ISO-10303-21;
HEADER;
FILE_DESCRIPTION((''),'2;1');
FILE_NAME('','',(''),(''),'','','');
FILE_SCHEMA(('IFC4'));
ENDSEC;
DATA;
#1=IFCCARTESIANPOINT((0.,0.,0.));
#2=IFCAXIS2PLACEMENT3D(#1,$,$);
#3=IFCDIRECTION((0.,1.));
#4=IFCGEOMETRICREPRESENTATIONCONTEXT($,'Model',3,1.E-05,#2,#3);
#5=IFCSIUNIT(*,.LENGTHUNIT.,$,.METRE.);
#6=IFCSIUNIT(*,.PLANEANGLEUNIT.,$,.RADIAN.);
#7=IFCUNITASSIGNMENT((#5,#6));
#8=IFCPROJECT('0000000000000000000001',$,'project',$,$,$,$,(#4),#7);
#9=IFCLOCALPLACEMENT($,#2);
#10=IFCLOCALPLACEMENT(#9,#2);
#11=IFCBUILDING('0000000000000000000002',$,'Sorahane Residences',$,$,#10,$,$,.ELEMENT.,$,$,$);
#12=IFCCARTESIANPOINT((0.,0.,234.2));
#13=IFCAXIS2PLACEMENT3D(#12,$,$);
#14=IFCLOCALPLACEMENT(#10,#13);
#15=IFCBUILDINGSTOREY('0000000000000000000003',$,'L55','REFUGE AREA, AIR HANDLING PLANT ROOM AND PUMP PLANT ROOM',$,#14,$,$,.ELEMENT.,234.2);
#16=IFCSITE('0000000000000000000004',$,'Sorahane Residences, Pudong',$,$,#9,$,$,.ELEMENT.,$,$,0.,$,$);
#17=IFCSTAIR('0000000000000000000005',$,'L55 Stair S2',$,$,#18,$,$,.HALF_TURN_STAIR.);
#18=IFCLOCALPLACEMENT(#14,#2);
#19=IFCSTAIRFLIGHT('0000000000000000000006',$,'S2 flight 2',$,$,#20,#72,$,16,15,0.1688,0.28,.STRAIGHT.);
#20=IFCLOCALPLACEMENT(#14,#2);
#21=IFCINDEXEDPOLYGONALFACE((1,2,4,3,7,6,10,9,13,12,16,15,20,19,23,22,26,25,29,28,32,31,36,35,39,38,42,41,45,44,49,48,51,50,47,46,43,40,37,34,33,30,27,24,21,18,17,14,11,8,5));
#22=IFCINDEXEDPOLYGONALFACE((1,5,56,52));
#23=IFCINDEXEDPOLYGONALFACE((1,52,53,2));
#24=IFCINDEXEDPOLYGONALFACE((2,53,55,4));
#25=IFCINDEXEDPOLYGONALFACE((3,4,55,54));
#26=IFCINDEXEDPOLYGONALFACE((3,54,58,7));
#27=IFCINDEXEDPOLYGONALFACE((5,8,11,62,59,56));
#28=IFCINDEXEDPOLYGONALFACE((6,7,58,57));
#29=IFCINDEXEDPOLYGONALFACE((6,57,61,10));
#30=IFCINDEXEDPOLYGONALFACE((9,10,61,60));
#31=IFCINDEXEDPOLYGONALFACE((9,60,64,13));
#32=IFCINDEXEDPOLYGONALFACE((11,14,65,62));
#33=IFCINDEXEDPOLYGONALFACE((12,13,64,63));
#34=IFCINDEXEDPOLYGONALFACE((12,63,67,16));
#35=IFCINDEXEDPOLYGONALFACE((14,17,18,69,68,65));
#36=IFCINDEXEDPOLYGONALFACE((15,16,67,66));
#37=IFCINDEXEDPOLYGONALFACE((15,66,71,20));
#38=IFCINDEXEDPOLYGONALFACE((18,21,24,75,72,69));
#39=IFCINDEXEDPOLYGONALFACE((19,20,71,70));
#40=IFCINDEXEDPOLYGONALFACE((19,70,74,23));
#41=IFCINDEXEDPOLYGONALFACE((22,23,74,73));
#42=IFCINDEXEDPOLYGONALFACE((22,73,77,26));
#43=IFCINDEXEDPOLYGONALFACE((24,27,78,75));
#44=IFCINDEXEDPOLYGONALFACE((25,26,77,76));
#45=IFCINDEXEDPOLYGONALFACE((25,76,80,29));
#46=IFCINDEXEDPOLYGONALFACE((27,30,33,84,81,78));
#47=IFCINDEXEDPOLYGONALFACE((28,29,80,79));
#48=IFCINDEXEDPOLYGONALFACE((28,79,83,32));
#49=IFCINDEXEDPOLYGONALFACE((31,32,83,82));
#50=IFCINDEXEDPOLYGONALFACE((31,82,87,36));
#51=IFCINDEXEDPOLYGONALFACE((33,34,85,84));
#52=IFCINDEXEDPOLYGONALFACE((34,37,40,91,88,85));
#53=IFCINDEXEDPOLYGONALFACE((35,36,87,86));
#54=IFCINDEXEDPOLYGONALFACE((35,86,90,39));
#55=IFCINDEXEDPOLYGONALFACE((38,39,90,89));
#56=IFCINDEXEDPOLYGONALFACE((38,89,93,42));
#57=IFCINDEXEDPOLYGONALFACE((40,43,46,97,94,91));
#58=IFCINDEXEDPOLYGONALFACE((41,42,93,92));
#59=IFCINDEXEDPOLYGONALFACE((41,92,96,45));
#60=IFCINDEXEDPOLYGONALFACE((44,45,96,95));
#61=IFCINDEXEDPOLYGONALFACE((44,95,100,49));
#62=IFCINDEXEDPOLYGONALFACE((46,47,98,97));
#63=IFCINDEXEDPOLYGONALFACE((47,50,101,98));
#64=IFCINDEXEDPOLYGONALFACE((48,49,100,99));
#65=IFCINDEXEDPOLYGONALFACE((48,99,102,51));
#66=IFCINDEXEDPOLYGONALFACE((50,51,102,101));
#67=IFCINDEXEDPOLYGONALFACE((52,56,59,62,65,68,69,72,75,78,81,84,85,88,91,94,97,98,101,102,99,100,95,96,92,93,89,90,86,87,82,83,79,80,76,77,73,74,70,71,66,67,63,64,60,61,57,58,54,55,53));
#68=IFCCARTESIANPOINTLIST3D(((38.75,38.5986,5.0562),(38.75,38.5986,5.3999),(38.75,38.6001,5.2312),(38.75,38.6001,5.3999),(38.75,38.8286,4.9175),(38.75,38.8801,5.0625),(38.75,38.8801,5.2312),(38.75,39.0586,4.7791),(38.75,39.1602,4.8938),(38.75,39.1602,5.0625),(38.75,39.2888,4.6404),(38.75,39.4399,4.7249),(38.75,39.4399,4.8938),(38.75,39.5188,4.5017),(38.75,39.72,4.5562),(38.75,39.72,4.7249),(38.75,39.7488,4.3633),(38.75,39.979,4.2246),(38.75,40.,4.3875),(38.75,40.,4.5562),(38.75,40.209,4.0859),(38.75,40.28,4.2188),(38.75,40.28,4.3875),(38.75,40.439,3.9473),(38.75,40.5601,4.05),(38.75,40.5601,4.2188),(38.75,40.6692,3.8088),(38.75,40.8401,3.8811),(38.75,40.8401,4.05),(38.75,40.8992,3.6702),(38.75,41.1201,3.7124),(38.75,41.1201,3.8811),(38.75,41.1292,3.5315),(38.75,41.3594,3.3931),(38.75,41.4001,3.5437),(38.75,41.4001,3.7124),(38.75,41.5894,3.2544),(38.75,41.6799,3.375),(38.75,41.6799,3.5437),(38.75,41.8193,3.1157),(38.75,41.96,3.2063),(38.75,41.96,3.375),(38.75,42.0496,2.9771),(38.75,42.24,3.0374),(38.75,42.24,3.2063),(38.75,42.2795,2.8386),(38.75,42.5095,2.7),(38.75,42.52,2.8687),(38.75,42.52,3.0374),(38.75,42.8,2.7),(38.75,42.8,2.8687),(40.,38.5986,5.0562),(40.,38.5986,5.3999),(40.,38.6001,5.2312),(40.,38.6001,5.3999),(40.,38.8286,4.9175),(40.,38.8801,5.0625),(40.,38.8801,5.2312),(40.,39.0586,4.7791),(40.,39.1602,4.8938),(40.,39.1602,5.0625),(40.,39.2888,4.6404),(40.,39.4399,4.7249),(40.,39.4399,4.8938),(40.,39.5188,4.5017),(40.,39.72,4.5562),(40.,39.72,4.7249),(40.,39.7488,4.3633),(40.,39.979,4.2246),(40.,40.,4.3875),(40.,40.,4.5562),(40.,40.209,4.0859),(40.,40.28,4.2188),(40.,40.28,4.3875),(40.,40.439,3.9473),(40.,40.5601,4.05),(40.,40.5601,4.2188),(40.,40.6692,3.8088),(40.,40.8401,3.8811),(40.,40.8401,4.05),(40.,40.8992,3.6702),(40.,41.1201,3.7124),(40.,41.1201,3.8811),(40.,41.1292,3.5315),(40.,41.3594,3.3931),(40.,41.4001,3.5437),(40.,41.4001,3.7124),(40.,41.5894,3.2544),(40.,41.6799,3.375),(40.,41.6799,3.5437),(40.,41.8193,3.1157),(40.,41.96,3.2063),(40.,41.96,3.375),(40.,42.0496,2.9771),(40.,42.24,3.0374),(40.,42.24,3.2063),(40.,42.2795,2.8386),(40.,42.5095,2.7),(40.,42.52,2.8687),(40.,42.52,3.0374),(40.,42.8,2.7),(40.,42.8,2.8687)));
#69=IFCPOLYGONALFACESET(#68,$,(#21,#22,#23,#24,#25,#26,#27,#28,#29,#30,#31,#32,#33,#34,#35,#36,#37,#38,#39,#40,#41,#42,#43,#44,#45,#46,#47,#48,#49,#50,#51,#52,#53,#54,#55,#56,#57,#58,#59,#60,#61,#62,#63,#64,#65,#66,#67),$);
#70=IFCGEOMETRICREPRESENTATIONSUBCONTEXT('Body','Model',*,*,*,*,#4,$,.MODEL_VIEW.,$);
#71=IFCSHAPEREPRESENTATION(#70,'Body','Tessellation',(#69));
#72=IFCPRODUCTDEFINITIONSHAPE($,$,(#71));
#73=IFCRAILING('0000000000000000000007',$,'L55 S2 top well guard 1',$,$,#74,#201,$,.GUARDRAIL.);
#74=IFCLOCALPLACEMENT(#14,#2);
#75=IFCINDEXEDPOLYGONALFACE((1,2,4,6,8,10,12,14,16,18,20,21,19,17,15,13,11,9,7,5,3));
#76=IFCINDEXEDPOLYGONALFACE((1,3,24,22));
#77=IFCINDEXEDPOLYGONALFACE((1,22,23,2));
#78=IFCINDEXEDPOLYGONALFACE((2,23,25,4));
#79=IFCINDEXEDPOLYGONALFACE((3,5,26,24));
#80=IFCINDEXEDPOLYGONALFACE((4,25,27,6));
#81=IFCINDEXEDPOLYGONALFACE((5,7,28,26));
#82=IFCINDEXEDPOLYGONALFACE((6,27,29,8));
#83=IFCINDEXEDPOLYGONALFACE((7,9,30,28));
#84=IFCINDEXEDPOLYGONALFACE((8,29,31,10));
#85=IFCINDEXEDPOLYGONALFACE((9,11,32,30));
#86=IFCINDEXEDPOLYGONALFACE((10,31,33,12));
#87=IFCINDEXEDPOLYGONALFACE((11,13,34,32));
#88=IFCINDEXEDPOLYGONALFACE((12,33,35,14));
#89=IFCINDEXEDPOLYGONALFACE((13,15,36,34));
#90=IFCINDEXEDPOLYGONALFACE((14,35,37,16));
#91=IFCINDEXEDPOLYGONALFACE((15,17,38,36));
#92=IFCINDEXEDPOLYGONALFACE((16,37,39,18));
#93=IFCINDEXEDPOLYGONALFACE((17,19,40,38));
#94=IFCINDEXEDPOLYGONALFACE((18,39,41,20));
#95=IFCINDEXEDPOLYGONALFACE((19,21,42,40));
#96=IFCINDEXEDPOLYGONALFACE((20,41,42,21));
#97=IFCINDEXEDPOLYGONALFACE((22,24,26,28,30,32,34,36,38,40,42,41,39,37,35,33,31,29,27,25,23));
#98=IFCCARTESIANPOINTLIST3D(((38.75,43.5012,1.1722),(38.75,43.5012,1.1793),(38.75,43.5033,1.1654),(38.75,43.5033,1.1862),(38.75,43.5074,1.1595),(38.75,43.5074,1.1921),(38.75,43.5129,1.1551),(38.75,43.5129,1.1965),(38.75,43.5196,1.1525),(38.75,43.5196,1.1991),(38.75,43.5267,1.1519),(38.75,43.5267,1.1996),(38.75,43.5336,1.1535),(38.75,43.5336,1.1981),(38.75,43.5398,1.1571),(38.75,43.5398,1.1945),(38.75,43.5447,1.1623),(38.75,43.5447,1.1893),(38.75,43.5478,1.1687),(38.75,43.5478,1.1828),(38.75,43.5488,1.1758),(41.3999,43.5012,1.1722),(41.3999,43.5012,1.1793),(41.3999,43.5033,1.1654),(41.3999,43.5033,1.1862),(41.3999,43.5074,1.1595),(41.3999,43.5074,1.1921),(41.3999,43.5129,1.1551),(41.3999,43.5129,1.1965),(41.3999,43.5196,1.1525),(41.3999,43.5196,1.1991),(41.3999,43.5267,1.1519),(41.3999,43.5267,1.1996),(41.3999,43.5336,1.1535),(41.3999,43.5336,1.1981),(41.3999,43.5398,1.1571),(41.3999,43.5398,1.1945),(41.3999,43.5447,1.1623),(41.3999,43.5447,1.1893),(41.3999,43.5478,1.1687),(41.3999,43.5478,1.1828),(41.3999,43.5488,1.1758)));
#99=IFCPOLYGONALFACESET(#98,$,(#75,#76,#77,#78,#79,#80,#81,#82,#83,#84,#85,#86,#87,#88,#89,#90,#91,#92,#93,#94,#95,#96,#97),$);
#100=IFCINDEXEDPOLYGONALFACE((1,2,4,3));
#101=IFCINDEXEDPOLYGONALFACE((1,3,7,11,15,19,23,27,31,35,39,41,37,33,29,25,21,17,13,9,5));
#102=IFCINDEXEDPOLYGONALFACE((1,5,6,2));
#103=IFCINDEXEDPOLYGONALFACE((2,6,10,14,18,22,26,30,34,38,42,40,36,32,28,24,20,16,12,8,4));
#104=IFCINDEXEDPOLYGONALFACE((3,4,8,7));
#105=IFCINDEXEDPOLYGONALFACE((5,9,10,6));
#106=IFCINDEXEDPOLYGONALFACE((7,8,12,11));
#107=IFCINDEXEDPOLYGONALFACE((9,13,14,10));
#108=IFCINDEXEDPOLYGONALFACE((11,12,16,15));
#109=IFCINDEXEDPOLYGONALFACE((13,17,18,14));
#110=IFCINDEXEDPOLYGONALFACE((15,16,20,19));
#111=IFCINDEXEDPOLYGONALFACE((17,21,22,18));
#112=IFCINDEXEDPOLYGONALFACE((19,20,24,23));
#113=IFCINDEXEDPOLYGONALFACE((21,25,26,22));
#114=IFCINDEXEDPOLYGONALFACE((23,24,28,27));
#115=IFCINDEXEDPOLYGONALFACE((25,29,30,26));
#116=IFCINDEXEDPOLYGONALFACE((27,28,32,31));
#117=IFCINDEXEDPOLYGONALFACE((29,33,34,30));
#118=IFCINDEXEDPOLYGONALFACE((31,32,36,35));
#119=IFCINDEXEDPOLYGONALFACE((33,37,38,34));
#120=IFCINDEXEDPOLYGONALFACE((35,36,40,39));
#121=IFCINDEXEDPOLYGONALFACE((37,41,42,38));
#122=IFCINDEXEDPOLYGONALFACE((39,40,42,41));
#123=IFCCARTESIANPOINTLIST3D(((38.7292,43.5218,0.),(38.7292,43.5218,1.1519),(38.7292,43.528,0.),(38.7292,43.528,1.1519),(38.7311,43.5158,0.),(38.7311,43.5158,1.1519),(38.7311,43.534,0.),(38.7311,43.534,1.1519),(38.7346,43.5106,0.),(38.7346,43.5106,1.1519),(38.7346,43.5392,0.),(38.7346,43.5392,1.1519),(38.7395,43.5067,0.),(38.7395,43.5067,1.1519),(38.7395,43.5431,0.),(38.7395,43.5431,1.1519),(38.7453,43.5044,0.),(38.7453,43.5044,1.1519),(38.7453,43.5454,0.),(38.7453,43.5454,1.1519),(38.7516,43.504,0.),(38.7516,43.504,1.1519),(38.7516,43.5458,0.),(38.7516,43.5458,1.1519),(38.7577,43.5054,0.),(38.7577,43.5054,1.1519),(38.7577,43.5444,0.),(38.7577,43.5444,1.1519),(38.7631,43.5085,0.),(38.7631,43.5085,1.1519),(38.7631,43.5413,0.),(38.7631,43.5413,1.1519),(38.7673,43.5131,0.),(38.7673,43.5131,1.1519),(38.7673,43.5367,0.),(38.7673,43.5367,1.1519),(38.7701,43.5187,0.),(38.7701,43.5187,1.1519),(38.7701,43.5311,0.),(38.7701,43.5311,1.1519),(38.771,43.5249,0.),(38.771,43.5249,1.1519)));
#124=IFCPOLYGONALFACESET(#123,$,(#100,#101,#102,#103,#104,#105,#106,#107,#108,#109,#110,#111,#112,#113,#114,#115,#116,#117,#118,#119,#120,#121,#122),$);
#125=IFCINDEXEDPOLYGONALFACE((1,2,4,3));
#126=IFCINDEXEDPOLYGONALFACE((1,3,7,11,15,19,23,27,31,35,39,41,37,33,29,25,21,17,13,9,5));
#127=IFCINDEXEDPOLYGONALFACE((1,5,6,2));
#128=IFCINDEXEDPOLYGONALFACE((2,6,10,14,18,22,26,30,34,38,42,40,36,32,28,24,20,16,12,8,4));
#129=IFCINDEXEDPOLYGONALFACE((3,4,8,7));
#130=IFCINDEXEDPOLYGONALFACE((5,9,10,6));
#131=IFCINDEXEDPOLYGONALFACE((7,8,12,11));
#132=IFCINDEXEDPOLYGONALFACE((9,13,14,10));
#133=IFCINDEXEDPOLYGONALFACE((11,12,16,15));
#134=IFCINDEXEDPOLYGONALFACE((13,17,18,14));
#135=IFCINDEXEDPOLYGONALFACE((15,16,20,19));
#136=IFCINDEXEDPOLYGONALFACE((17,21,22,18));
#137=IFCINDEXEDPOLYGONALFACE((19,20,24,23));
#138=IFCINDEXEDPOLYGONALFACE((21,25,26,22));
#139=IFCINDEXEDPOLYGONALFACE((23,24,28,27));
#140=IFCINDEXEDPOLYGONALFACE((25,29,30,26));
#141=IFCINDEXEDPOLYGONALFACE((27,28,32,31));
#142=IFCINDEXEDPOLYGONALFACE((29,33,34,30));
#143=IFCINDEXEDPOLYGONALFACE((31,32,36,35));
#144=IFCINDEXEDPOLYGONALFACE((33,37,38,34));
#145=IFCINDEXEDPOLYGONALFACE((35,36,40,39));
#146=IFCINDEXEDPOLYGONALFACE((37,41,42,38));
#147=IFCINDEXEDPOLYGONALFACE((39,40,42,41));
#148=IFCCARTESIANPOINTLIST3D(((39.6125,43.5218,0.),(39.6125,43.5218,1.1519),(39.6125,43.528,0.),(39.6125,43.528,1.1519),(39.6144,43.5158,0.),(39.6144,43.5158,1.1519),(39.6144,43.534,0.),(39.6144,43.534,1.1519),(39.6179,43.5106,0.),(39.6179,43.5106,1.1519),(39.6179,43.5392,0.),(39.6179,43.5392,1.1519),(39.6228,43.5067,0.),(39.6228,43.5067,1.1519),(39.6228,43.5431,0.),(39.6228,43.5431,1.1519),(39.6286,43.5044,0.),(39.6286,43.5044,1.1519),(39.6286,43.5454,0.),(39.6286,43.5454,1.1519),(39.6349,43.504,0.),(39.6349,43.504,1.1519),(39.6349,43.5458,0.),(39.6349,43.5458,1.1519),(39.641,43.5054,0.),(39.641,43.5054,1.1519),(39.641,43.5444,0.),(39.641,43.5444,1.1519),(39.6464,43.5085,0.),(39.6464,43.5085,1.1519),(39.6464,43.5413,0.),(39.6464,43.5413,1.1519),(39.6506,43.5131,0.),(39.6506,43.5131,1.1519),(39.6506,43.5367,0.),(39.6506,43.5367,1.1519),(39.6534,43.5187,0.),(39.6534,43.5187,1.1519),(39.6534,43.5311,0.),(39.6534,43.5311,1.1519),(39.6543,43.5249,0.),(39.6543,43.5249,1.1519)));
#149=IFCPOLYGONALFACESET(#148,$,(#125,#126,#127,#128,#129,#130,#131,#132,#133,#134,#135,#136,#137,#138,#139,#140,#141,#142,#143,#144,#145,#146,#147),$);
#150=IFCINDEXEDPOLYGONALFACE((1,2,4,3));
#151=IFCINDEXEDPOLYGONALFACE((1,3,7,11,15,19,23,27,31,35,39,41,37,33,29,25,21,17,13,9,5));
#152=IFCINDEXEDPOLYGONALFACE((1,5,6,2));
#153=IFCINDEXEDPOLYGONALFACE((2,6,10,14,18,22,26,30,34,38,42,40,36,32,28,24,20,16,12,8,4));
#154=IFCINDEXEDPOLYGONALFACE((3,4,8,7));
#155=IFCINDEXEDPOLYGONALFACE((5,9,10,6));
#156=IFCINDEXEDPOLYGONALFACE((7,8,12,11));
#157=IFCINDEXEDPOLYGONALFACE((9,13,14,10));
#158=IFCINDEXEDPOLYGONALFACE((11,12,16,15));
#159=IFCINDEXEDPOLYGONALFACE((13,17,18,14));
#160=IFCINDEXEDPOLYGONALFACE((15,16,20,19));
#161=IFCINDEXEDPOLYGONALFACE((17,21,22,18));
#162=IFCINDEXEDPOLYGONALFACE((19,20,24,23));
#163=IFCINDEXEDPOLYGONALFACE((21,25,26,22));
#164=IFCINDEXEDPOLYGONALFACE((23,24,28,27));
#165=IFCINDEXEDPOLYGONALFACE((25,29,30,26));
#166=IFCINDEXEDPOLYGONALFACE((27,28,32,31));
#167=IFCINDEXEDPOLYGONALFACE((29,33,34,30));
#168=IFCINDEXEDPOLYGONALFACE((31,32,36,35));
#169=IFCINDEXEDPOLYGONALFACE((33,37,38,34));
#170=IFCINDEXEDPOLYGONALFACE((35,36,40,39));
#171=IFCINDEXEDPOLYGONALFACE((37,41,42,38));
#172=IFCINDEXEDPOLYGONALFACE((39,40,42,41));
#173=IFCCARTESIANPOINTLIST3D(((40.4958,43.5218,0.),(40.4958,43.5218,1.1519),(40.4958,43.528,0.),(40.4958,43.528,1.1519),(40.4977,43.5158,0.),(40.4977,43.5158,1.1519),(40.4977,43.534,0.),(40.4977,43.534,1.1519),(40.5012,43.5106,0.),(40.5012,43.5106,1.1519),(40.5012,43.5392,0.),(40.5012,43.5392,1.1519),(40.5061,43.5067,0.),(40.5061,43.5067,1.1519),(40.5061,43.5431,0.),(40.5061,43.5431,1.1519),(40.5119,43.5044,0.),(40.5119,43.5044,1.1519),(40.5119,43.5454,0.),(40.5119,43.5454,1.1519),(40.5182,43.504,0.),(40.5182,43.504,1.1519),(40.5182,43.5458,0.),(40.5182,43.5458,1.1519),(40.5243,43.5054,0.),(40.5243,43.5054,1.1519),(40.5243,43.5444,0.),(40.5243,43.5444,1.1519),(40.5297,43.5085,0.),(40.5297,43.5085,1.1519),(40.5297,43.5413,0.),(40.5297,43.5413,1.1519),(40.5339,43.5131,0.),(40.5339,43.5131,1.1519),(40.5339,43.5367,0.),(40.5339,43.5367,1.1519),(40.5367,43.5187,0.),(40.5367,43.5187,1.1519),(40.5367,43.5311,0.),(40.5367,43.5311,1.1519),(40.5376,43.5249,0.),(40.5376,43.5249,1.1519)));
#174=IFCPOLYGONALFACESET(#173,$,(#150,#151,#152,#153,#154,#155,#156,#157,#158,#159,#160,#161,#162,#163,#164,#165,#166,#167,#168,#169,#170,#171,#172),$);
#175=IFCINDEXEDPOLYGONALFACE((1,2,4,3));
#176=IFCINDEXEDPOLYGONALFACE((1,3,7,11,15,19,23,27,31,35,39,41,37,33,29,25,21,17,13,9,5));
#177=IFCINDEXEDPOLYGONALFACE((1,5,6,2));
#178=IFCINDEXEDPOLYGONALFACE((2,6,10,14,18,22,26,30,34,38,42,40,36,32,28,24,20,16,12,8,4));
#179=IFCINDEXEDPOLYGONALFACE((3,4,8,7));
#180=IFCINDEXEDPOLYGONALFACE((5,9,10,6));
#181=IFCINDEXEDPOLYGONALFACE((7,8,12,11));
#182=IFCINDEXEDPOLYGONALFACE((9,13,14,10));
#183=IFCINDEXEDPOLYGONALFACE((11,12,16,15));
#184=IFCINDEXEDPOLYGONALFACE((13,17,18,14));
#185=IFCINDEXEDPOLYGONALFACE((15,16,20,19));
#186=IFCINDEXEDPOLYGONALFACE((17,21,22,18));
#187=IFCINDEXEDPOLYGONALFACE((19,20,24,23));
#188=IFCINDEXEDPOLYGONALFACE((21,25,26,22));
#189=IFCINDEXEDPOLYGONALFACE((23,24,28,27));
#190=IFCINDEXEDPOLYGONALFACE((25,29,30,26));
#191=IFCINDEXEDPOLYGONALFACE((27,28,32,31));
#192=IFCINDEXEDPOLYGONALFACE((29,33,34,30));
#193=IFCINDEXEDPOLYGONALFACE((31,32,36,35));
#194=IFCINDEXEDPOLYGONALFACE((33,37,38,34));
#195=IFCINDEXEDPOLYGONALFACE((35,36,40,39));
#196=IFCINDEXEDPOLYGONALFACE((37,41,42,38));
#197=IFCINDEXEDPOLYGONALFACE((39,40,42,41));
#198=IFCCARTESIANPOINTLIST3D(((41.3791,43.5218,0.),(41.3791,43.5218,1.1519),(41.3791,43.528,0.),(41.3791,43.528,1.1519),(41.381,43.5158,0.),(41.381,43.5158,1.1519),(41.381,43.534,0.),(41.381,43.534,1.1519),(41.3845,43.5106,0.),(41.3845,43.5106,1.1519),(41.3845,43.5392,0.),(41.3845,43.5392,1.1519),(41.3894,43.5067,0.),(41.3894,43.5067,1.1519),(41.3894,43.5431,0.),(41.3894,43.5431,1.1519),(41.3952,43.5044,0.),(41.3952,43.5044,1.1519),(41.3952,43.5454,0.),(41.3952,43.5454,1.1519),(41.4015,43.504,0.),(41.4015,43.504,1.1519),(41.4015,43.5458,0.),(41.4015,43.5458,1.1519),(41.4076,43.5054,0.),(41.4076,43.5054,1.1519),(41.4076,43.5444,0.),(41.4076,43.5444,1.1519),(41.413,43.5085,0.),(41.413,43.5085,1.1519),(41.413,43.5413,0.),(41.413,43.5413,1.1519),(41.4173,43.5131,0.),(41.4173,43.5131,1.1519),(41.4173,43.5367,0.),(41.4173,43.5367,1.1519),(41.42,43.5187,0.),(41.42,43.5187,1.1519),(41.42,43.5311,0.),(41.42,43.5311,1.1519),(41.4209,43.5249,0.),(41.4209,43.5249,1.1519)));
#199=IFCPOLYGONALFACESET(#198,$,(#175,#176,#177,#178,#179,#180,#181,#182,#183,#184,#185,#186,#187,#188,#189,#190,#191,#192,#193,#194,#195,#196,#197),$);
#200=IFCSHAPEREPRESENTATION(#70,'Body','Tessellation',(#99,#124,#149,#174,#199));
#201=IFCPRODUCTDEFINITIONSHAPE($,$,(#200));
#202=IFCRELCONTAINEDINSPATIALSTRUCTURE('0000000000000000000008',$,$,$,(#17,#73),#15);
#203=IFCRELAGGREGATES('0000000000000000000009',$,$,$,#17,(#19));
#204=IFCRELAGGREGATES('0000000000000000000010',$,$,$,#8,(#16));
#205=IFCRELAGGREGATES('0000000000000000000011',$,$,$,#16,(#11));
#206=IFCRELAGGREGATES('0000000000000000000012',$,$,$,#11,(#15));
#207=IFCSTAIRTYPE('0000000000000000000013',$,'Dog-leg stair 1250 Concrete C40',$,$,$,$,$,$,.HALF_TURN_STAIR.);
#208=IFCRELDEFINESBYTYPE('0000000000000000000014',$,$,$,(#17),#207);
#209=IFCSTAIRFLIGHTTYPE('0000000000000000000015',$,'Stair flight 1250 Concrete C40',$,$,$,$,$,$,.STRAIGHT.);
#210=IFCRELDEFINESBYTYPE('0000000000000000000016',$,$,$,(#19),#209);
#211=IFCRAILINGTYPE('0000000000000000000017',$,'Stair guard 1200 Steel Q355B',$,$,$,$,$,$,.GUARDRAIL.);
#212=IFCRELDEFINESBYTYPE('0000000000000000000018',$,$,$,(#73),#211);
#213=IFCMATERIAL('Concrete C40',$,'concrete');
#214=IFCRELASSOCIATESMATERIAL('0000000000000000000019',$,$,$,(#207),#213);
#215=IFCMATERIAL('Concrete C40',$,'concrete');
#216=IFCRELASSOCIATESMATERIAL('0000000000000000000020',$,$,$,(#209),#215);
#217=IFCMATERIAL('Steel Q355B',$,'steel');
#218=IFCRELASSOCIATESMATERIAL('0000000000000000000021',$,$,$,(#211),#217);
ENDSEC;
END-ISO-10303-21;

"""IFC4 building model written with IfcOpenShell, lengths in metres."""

from ifc_helpers import new_model, si_unit, direction, frame, origin, origin_2d, place, context, subcontext, project, spatial, polyline, circle, outline, extrude, material, type_object, element, aggregate, save


model = new_model("IFC4")

# Units and contexts
model_context = context("Model", 3, precision=1e-05, world=origin(), true_north=direction((0.0, 1.0)))
body_context = subcontext(model_context, "Body", "Model", "MODEL_VIEW")
ifc_project = project(units=[si_unit("LENGTHUNIT", "METRE"), si_unit("PLANEANGLEUNIT", "RADIAN")], contexts=[model_context])

# Site, building, storey
site_placement = place(None, origin())
site = spatial("IfcSite", under=ifc_project, at=site_placement, Name="Sorahane Residences, Pudong", CompositionType="ELEMENT", RefElevation=0.0)
building_placement = place(site_placement, origin())
building = spatial("IfcBuilding", under=site, at=building_placement, Name="Sorahane Residences", CompositionType="ELEMENT")
storey_placement = place(building_placement, frame((0.0, 0.0, 234.2)))
storey = spatial("IfcBuildingStorey", under=building, at=storey_placement, Name="L55", Description="REFUGE AREA, AIR HANDLING PLANT ROOM AND PUMP PLANT ROOM", CompositionType="ELEMENT", Elevation=234.2)

# Stair, stair flight
ifc_material_1 = material(Name="Concrete C40", Category="concrete")
stair_type = type_object("IfcStairType", Name="Dog-leg stair 1250 Concrete C40", PredefinedType="HALF_TURN_STAIR", material=ifc_material_1)
stair_placement = place(storey_placement, origin())
stair = element("IfcStair", 1, at=stair_placement, inside=storey, type_object=stair_type, Name="L55 Stair S2", PredefinedType="HALF_TURN_STAIR")
ifc_material_2 = material(Name="Concrete C40", Category="concrete")
stair_flight_type = type_object("IfcStairFlightType", Name="Stair flight 1250 Concrete C40", PredefinedType="STRAIGHT", material=ifc_material_2)
stair_flight_placement = place(storey_placement, frame((39.375, 42.8, 2.7), z_axis=(0.0, 0.0, 1.0), x_axis=(0.0, -1.0, 0.0)))
stair_flight = element("IfcStairFlight", 2, at=stair_flight_placement, type_object=stair_flight_type, Name="S2 flight 2", NumberOfRisers=16, NumberOfTreads=15, PredefinedType="STRAIGHT", RiserHeight=0.1688, TreadLength=0.28, context=body_context, shape_type="SweptSolid", body=[
    extrude(outline(polyline([(0.0, 0.0), (0.0, 0.1687), (0.28, 0.1687), (0.28, 0.3374), (0.5601, 0.3374), (0.5601, 0.5063), (0.8401, 0.5063), (0.8401, 0.675), (1.1201, 0.675), (1.1201, 0.8438), (1.3999, 0.8438), (1.3999, 1.0125), (1.6799, 1.0125), (1.6799, 1.1812), (1.96, 1.1812), (1.96, 1.3501), (2.24, 1.3501), (2.24, 1.5188), (2.52, 1.5188), (2.52, 1.6875), (2.8, 1.6875), (2.8, 1.8562), (3.0801, 1.8562), (3.0801, 2.0249), (3.3601, 2.0249), (3.3601, 2.1938), (3.6399, 2.1938), (3.6399, 2.3625), (3.9199, 2.3625), (3.9199, 2.5312), (4.2, 2.5312), (4.2, 2.7), (4.2014, 2.7), (4.2014, 2.3562), (3.9714, 2.2175), (3.7415, 2.0791), (3.5112, 1.9404), (3.2812, 1.8018), (3.0513, 1.6633), (2.821, 1.5247), (2.5911, 1.386), (2.3611, 1.2473), (2.1309, 1.1089), (1.9009, 0.9702), (1.6709, 0.8315), (1.4407, 0.6931), (1.2107, 0.5544), (0.9807, 0.4158), (0.7505, 0.2771), (0.5205, 0.1387), (0.2905, 0.0), (0.0, 0.0)])), frame((0.0, 0.625, 0.0), z_axis=(0.0, -1.0, 0.0), x_axis=(1.0, 0.0, 0.0)), (0.0, 0.0, 1.0), 1.25),
])
aggregate(stair, [stair_flight])

# Railing
ifc_material_3 = material(Name="Steel Q355B", Category="steel")
railing_type_1 = type_object("IfcRailingType", Name="Stair guard 1200 Steel Q355B", PredefinedType="GUARDRAIL", material=ifc_material_3)
railing_1_placement = place(storey_placement, frame((38.75, 43.5249, 0.0)))
element("IfcRailing", 3, at=railing_1_placement, inside=storey, type_object=railing_type_1, Name="L55 S2 top well guard 1", PredefinedType="GUARDRAIL", context=body_context, shape_type="SweptSolid", body=[
    extrude(circle(Radius=0.0239, at=origin_2d()), frame((0.0, 0.0, 1.1758), z_axis=(1.0, 0.0, 0.0), x_axis=(0.0, 1.0, 0.0)), (0.0, 0.0, 1.0), 2.6499),
    extrude(circle(Radius=0.021, at=origin_2d()), origin(), (0.0, 0.0, 1.0), 1.1519),
    extrude(circle(Radius=0.021, at=origin_2d()), frame((0.8833, 0.0, 0.0)), (0.0, 0.0, 1.0), 1.1519),
    extrude(circle(Radius=0.021, at=origin_2d()), frame((1.7666, 0.0, 0.0)), (0.0, 0.0, 1.0), 1.1519),
    extrude(circle(Radius=0.021, at=origin_2d()), frame((2.6499, 0.0, 0.0)), (0.0, 0.0, 1.0), 1.1519),
])

save(model, "model.ifc")
